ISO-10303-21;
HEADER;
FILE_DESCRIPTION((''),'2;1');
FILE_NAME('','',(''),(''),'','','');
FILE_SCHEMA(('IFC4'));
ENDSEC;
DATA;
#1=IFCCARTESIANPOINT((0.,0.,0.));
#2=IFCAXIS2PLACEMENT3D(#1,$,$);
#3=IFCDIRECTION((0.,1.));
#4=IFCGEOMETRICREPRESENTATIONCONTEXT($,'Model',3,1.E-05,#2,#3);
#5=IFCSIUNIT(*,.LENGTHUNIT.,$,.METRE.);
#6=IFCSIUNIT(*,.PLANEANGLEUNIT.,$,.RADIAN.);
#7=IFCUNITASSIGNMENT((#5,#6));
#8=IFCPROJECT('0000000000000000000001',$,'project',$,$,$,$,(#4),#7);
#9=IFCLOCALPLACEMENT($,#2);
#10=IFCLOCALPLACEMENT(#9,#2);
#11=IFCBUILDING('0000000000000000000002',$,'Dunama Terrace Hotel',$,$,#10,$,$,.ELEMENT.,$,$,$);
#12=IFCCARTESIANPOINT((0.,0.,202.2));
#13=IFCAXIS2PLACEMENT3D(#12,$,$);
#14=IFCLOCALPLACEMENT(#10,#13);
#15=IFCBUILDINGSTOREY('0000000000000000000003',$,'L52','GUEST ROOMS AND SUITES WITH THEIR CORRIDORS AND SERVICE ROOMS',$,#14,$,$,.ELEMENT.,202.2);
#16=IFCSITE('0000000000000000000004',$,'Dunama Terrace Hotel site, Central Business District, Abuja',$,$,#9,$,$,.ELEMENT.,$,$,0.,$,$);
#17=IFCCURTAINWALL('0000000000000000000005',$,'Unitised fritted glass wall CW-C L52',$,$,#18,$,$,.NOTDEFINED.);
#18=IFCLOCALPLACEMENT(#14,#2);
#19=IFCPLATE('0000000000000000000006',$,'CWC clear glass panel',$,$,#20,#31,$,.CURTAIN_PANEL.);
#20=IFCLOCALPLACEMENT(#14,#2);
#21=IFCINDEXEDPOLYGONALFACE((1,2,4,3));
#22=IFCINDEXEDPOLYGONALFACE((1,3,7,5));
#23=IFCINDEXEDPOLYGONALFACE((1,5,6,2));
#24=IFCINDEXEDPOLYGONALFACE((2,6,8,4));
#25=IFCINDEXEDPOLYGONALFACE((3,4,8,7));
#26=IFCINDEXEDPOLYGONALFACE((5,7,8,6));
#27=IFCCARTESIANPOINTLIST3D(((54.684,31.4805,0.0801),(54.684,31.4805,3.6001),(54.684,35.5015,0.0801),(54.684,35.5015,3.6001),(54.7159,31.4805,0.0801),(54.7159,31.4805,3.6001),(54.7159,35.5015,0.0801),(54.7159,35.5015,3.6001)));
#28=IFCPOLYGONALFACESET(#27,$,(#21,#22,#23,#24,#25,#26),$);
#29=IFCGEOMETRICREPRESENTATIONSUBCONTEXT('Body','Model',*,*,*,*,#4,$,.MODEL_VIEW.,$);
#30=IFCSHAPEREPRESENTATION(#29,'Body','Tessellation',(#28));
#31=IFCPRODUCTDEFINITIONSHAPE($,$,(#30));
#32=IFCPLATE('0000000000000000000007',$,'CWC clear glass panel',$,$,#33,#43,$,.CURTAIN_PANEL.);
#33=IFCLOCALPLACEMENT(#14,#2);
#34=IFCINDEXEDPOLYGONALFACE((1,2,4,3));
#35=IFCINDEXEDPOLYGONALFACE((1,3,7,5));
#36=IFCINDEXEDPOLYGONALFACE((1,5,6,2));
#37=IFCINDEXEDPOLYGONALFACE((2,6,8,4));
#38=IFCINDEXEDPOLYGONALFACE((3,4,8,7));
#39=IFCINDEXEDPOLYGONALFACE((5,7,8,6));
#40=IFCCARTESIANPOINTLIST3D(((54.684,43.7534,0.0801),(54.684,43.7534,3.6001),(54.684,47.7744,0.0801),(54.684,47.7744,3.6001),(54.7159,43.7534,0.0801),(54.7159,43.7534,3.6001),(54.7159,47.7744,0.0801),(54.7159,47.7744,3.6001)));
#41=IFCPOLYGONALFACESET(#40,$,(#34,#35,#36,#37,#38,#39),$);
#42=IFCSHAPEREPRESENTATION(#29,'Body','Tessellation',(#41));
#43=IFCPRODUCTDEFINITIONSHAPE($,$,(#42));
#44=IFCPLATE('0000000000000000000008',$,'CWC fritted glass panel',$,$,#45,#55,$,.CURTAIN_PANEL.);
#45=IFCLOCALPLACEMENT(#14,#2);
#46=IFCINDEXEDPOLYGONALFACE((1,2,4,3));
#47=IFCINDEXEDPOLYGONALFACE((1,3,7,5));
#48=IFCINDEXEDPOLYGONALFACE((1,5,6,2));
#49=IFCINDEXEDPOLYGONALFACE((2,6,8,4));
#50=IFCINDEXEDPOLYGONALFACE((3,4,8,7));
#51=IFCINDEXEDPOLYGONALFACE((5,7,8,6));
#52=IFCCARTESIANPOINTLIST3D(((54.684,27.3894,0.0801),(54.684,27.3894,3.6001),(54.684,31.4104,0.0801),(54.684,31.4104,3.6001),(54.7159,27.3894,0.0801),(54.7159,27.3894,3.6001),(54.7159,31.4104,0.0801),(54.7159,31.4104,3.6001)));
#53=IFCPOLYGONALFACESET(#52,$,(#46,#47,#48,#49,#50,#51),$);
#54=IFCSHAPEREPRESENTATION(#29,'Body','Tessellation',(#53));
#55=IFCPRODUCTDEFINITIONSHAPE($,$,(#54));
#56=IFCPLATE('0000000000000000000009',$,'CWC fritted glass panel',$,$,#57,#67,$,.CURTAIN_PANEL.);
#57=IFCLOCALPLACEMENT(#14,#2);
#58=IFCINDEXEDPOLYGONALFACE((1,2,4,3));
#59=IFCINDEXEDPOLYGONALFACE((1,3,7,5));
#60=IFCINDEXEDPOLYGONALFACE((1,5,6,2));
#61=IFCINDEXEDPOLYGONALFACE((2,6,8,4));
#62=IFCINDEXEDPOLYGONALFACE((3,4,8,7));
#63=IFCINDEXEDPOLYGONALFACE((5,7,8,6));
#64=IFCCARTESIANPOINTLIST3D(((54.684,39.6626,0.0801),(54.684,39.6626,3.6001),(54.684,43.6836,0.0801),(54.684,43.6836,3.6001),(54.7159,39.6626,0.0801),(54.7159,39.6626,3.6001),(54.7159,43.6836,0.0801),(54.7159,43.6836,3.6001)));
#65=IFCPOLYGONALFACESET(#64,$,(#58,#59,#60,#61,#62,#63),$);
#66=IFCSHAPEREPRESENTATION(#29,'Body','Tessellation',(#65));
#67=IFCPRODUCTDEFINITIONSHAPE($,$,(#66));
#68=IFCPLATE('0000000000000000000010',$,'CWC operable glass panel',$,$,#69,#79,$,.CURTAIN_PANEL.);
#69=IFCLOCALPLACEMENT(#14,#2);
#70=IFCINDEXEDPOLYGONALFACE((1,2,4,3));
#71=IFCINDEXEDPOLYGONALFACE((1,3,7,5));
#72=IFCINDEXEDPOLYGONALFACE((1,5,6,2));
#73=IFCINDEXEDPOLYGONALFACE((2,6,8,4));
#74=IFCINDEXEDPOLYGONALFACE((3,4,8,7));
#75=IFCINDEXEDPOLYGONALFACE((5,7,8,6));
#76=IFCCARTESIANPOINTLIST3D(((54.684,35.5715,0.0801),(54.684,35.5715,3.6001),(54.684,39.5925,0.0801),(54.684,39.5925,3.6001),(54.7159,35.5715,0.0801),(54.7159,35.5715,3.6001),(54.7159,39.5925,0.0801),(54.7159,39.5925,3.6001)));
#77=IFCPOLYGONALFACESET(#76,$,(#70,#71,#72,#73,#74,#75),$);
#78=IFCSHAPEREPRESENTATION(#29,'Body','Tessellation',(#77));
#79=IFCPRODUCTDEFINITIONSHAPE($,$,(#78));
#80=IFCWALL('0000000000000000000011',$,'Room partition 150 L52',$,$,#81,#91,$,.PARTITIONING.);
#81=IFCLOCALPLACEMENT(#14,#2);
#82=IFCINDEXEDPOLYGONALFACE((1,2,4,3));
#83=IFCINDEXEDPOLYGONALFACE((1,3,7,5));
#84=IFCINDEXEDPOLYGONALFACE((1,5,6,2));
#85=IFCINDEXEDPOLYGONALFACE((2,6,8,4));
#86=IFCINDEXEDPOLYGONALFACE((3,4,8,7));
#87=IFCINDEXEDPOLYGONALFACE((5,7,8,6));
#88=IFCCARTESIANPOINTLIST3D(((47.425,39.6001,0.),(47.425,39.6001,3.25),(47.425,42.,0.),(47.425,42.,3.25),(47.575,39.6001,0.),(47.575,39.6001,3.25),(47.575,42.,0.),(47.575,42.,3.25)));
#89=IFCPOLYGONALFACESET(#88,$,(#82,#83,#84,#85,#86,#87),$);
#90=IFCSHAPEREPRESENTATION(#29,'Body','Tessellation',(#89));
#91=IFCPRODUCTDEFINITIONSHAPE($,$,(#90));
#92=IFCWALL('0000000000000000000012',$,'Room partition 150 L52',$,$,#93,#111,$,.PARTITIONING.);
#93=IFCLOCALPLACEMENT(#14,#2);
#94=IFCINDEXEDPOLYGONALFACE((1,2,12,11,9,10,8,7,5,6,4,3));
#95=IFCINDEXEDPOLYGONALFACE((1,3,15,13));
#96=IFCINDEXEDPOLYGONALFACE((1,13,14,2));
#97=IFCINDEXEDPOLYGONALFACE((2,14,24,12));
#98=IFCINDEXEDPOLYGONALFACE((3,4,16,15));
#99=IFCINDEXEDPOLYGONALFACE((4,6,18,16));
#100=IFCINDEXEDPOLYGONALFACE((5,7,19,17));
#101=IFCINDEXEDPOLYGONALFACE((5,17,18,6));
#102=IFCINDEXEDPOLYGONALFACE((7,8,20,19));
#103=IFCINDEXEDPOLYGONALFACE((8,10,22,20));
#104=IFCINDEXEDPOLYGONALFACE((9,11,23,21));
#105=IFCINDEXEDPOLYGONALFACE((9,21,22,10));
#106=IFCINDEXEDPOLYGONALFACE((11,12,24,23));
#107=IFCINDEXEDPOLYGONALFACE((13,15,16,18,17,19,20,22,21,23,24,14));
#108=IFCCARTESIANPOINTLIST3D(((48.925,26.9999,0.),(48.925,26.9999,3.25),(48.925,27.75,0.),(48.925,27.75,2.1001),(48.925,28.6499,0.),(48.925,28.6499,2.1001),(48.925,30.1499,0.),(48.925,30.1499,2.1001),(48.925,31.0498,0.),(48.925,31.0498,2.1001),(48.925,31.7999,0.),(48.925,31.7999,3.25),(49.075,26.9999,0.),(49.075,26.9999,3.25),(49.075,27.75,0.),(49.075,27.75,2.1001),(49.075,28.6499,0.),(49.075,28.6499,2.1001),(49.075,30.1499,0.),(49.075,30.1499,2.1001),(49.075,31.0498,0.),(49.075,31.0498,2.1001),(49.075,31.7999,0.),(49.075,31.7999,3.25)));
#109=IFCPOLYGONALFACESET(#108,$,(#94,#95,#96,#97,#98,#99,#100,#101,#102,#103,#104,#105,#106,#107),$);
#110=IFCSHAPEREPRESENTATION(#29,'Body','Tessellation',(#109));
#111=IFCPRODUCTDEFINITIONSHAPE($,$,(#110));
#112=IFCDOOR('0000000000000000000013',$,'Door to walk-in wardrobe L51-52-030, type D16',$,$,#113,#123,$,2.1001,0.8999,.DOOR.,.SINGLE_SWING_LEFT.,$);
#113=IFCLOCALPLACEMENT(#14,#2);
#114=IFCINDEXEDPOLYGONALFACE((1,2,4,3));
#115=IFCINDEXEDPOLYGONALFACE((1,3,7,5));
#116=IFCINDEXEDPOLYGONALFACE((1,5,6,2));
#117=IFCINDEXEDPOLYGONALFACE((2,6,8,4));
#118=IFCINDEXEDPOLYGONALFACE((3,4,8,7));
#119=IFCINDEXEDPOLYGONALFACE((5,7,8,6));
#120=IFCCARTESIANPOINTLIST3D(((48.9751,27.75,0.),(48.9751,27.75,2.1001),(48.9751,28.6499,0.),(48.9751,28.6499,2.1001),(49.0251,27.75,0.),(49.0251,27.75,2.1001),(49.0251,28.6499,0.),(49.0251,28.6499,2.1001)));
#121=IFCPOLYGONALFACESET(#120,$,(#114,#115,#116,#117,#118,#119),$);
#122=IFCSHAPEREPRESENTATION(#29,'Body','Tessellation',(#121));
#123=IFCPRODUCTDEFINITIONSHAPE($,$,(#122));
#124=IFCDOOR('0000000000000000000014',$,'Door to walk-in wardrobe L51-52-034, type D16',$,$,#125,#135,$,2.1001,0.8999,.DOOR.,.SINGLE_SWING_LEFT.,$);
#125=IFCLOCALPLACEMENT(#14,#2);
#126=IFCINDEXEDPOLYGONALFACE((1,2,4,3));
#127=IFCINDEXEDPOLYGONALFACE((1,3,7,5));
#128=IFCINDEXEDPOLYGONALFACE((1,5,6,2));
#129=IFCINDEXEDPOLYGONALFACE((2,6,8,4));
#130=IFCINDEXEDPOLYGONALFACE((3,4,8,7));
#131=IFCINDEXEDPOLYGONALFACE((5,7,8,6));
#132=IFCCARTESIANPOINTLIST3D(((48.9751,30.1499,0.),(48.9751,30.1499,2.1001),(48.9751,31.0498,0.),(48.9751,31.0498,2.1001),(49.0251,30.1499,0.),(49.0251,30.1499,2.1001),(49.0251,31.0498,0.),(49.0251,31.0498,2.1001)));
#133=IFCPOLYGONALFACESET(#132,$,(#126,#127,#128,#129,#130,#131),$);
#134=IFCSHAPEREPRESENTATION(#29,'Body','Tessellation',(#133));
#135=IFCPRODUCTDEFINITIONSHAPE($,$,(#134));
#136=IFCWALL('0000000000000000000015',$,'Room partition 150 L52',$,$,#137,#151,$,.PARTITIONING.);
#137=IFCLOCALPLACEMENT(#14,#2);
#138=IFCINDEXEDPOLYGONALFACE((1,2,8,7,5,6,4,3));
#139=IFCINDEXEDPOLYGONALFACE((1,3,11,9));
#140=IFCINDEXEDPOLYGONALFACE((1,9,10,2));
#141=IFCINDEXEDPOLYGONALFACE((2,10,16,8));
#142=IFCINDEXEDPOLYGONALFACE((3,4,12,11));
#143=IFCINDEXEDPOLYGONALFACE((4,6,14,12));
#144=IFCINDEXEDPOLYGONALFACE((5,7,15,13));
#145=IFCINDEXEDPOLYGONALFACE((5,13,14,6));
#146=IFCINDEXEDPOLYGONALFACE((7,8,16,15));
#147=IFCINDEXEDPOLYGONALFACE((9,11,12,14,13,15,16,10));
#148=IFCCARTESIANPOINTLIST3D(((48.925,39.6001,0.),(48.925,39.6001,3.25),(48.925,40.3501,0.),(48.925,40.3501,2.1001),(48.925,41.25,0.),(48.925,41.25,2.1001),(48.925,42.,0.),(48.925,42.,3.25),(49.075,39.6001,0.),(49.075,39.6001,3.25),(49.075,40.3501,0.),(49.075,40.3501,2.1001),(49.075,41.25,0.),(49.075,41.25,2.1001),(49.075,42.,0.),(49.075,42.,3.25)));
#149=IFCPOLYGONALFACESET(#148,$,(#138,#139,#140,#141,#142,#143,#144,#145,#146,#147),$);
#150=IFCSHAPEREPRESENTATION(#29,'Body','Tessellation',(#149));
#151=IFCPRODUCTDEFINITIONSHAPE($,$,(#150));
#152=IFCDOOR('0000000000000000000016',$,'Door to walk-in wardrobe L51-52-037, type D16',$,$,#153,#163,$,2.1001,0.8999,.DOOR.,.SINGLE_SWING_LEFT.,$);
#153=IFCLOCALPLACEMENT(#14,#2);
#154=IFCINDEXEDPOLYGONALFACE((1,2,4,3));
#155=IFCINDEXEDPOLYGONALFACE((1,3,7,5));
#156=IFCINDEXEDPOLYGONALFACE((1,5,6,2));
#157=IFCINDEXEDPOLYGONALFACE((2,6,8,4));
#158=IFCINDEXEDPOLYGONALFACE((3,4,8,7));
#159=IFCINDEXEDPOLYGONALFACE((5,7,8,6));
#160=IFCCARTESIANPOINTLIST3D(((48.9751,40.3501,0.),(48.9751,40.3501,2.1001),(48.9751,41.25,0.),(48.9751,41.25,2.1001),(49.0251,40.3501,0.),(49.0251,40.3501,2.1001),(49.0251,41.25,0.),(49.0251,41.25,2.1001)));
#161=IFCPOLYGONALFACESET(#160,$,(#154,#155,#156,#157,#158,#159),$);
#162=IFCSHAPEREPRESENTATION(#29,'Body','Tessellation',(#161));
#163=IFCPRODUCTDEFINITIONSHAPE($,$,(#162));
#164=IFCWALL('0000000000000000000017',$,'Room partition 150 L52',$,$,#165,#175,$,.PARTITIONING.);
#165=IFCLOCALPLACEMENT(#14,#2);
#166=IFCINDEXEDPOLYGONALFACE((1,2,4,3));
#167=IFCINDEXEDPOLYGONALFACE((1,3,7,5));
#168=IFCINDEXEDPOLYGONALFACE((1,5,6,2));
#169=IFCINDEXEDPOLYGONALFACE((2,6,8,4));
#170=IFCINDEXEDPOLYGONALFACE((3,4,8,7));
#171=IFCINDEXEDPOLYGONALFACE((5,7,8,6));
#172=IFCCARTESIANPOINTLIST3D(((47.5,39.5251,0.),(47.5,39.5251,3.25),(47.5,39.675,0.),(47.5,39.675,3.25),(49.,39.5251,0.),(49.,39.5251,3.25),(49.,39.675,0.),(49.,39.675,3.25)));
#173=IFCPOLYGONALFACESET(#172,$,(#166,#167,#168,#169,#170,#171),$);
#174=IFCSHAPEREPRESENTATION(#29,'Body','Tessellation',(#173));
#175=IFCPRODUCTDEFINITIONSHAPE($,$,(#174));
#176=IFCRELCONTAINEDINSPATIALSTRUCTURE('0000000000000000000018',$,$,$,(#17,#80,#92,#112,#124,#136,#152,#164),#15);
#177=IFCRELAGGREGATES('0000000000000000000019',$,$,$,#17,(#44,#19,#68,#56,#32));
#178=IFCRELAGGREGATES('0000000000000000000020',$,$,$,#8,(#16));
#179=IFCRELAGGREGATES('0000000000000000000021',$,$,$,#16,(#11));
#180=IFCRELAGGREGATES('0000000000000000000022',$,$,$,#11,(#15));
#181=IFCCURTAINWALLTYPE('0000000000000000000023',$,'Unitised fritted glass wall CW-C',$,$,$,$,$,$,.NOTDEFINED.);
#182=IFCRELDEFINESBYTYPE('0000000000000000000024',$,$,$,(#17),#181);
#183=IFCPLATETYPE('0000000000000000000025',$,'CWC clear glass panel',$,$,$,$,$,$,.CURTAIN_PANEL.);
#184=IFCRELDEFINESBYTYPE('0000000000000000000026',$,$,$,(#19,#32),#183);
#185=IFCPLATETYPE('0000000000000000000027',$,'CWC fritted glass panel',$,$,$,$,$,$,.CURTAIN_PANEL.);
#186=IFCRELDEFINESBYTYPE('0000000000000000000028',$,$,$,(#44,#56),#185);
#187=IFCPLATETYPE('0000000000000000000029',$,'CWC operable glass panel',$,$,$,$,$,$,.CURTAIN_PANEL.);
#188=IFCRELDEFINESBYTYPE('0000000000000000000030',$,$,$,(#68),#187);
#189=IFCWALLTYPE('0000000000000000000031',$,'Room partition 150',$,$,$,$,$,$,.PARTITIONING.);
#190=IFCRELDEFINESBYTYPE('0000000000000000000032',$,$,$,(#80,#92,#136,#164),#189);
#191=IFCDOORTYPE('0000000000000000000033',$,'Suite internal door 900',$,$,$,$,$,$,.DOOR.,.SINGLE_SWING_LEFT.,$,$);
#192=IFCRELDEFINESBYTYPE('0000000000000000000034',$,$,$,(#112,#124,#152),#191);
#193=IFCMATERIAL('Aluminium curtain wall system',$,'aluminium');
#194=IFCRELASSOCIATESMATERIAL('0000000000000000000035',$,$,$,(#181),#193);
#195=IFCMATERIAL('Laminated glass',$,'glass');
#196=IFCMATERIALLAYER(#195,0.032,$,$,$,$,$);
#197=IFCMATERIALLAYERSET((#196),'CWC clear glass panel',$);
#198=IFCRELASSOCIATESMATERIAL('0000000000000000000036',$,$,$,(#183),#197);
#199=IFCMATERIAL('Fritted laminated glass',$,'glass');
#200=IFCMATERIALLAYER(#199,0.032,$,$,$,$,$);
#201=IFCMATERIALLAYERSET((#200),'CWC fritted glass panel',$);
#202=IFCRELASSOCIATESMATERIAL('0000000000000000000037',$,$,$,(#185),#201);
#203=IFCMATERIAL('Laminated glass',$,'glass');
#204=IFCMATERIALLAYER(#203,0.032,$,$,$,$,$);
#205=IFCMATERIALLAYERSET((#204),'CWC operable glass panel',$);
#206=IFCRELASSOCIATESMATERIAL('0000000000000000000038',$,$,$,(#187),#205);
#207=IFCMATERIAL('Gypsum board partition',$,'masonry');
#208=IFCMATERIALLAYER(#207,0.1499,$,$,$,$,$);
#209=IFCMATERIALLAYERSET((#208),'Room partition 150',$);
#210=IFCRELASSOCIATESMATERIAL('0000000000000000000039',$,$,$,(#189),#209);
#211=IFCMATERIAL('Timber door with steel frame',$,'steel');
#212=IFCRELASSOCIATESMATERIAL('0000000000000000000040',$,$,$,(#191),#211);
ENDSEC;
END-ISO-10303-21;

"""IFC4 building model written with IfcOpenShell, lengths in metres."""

from ifc_helpers import new_model, si_unit, direction, frame, frame_2d, origin, origin_2d, place, context, subcontext, project, spatial, rectangle, extrude, material, layer, layer_set, type_object, element, fill, aggregate, save


model = new_model("IFC4")

# Units and contexts
model_context = context("Model", 3, precision=1e-05, world=origin(), true_north=direction((0.0, 1.0)))
body_context = subcontext(model_context, "Body", "Model", "MODEL_VIEW")
ifc_project = project(units=[si_unit("LENGTHUNIT", "METRE"), si_unit("PLANEANGLEUNIT", "RADIAN")], contexts=[model_context])

# Site, building, storey
site_placement = place(None, origin())
site = spatial("IfcSite", under=ifc_project, at=site_placement, Name="Dunama Terrace Hotel site, Central Business District, Abuja", CompositionType="ELEMENT", RefElevation=0.0)
building_placement = place(site_placement, origin())
building = spatial("IfcBuilding", under=site, at=building_placement, Name="Dunama Terrace Hotel", CompositionType="ELEMENT")
storey_placement = place(building_placement, frame((0.0, 0.0, 202.2)))
storey = spatial("IfcBuildingStorey", under=building, at=storey_placement, Name="L52", Description="GUEST ROOMS AND SUITES WITH THEIR CORRIDORS AND SERVICE ROOMS", CompositionType="ELEMENT", Elevation=202.2)

# Curtain wall
ifc_material_1 = material(Name="Aluminium curtain wall system", Category="aluminium")
curtain_wall_type = type_object("IfcCurtainWallType", Name="Unitised fritted glass wall CW-C", PredefinedType="NOTDEFINED", material=ifc_material_1)
curtain_wall_placement = place(storey_placement, origin())
curtain_wall = element("IfcCurtainWall", 1, at=curtain_wall_placement, inside=storey, type_object=curtain_wall_type, Name="Unitised fritted glass wall CW-C L52", PredefinedType="NOTDEFINED")

# Plates
ifc_material_2 = material(Name="Laminated glass", Category="glass")
ifc_layer_1 = layer(ifc_material_2, 0.032)
ifc_layer_set_1 = layer_set([ifc_layer_1], Name="CWC clear glass panel")
plate_type_1 = type_object("IfcPlateType", Name="CWC clear glass panel", PredefinedType="CURTAIN_PANEL", material=ifc_layer_set_1)
plate_1_placement = place(storey_placement, frame((54.7, 33.491, 0.0801), z_axis=(0.0, 0.0, 1.0), x_axis=(0.0, 1.0, 0.0)))
plate_1 = element("IfcPlate", 2, at=plate_1_placement, type_object=plate_type_1, Name="CWC clear glass panel", PredefinedType="CURTAIN_PANEL", context=body_context, shape_type="SweptSolid", body=[
    extrude(rectangle(XDim=4.021, YDim=0.032, at=origin_2d()), origin(), (0.0, 0.0, 1.0), 3.52),
])
plate_2_placement = place(storey_placement, frame((54.7, 45.7639, 0.0801), z_axis=(0.0, 0.0, 1.0), x_axis=(0.0, 1.0, 0.0)))
plate_2 = element("IfcPlate", 3, at=plate_2_placement, type_object=plate_type_1, Name="CWC clear glass panel", PredefinedType="CURTAIN_PANEL", context=body_context, shape_type="SweptSolid", body=[
    extrude(rectangle(XDim=4.021, YDim=0.032, at=origin_2d()), origin(), (0.0, 0.0, 1.0), 3.52),
])
ifc_material_3 = material(Name="Fritted laminated glass", Category="glass")
ifc_layer_2 = layer(ifc_material_3, 0.032)
ifc_layer_set_2 = layer_set([ifc_layer_2], Name="CWC fritted glass panel")
plate_type_2 = type_object("IfcPlateType", Name="CWC fritted glass panel", PredefinedType="CURTAIN_PANEL", material=ifc_layer_set_2)
plate_3_placement = place(storey_placement, frame((54.7, 29.3999, 0.0801), z_axis=(0.0, 0.0, 1.0), x_axis=(0.0, 1.0, 0.0)))
plate_3 = element("IfcPlate", 4, at=plate_3_placement, type_object=plate_type_2, Name="CWC fritted glass panel", PredefinedType="CURTAIN_PANEL", context=body_context, shape_type="SweptSolid", body=[
    extrude(rectangle(XDim=4.021, YDim=0.032, at=origin_2d()), origin(), (0.0, 0.0, 1.0), 3.52),
])
plate_4_placement = place(storey_placement, frame((54.7, 41.6731, 0.0801), z_axis=(0.0, 0.0, 1.0), x_axis=(0.0, 1.0, 0.0)))
plate_4 = element("IfcPlate", 5, at=plate_4_placement, type_object=plate_type_2, Name="CWC fritted glass panel", PredefinedType="CURTAIN_PANEL", context=body_context, shape_type="SweptSolid", body=[
    extrude(rectangle(XDim=4.021, YDim=0.032, at=origin_2d()), origin(), (0.0, 0.0, 1.0), 3.52),
])
ifc_material_4 = material(Name="Laminated glass", Category="glass")
ifc_layer_3 = layer(ifc_material_4, 0.032)
ifc_layer_set_3 = layer_set([ifc_layer_3], Name="CWC operable glass panel")
plate_type_3 = type_object("IfcPlateType", Name="CWC operable glass panel", PredefinedType="CURTAIN_PANEL", material=ifc_layer_set_3)
plate_5_placement = place(storey_placement, frame((54.7, 37.582, 0.0801), z_axis=(0.0, 0.0, 1.0), x_axis=(0.0, 1.0, 0.0)))
plate_5 = element("IfcPlate", 6, at=plate_5_placement, type_object=plate_type_3, Name="CWC operable glass panel", PredefinedType="CURTAIN_PANEL", context=body_context, shape_type="SweptSolid", body=[
    extrude(rectangle(XDim=4.021, YDim=0.032, at=origin_2d()), origin(), (0.0, 0.0, 1.0), 3.52),
])
aggregate(curtain_wall, [plate_3, plate_1, plate_5, plate_4, plate_2])

# Wall
ifc_material_5 = material(Name="Gypsum board partition", Category="masonry")
ifc_layer_4 = layer(ifc_material_5, 0.1499)
ifc_layer_set_4 = layer_set([ifc_layer_4], Name="Room partition 150")
wall_type = type_object("IfcWallType", Name="Room partition 150", PredefinedType="PARTITIONING", material=ifc_layer_set_4)
wall_1_placement = place(storey_placement, frame((47.5, 39.6001, 0.0), z_axis=(0.0, 0.0, 1.0), x_axis=(0.0, 1.0, 0.0)))
element("IfcWall", 7, at=wall_1_placement, inside=storey, type_object=wall_type, Name="Room partition 150 L52", PredefinedType="PARTITIONING", context=body_context, shape_type="SweptSolid", body=[
    extrude(rectangle(XDim=2.3999, YDim=0.1499, at=frame_2d((1.2, 0.0))), origin(), (0.0, 0.0, 1.0), 3.25),
])

# Wall, openings, doors
wall_2_placement = place(storey_placement, frame((49.0, 27.0, 0.0), z_axis=(0.0, 0.0, 1.0), x_axis=(0.0, 1.0, 0.0)))
wall_2 = element("IfcWall", 8, at=wall_2_placement, inside=storey, type_object=wall_type, Name="Room partition 150 L52", PredefinedType="PARTITIONING", context=body_context, shape_type="SweptSolid", body=[
    extrude(rectangle(XDim=4.8, YDim=0.1499, at=frame_2d((2.3999, 0.0))), origin(), (0.0, 0.0, 1.0), 3.25),
])
opening_1_placement = place(wall_2_placement, frame((0.75, 0.0, 0.0)))
opening_1 = element("IfcOpeningElement", 9, at=opening_1_placement, cuts=wall_2, PredefinedType="OPENING", context=body_context, shape_type="SweptSolid", body=[
    extrude(rectangle(XDim=0.8999, YDim=2.1001, at=frame_2d((0.45, 1.05))), frame((0.0, 0.085, 0.0), z_axis=(0.0, -1.0, 0.0), x_axis=(1.0, 0.0, 0.0)), (0.0, 0.0, 1.0), 0.1699),
])
opening_2_placement = place(wall_2_placement, frame((3.1499, 0.0, 0.0)))
opening_2 = element("IfcOpeningElement", 10, at=opening_2_placement, cuts=wall_2, PredefinedType="OPENING", context=body_context, shape_type="SweptSolid", body=[
    extrude(rectangle(XDim=0.8999, YDim=2.1001, at=frame_2d((0.45, 1.05))), frame((0.0, 0.085, 0.0), z_axis=(0.0, -1.0, 0.0), x_axis=(1.0, 0.0, 0.0)), (0.0, 0.0, 1.0), 0.1699),
])
ifc_material_6 = material(Name="Timber door with steel frame", Category="steel")
door_type = type_object("IfcDoorType", Name="Suite internal door 900", OperationType="SINGLE_SWING_LEFT", PredefinedType="DOOR", material=ifc_material_6)
door_1_placement = place(opening_1_placement, origin())
door_1 = element("IfcDoor", 11, at=door_1_placement, inside=storey, type_object=door_type, Name="Door to walk-in wardrobe L51-52-030, type D16", OperationType="SINGLE_SWING_LEFT", OverallHeight=2.1001, OverallWidth=0.8999, PredefinedType="DOOR", context=body_context, shape_type="SweptSolid", body=[
    extrude(rectangle(XDim=0.8999, YDim=2.1001, at=frame_2d((0.45, 1.05))), frame((0.0, 0.0249, 0.0), z_axis=(0.0, -1.0, 0.0), x_axis=(1.0, 0.0, 0.0)), (0.0, 0.0, 1.0), 0.05),
])
fill(opening_1, door_1)
door_2_placement = place(opening_2_placement, origin())
door_2 = element("IfcDoor", 12, at=door_2_placement, inside=storey, type_object=door_type, Name="Door to walk-in wardrobe L51-52-034, type D16", OperationType="SINGLE_SWING_LEFT", OverallHeight=2.1001, OverallWidth=0.8999, PredefinedType="DOOR", context=body_context, shape_type="SweptSolid", body=[
    extrude(rectangle(XDim=0.8999, YDim=2.1001, at=frame_2d((0.45, 1.05))), frame((0.0, 0.0249, 0.0), z_axis=(0.0, -1.0, 0.0), x_axis=(1.0, 0.0, 0.0)), (0.0, 0.0, 1.0), 0.05),
])
fill(opening_2, door_2)

# Wall, opening, door
wall_3_placement = place(storey_placement, frame((49.0, 39.6001, 0.0), z_axis=(0.0, 0.0, 1.0), x_axis=(0.0, 1.0, 0.0)))
wall_3 = element("IfcWall", 13, at=wall_3_placement, inside=storey, type_object=wall_type, Name="Room partition 150 L52", PredefinedType="PARTITIONING", context=body_context, shape_type="SweptSolid", body=[
    extrude(rectangle(XDim=2.3999, YDim=0.1499, at=frame_2d((1.2, 0.0))), origin(), (0.0, 0.0, 1.0), 3.25),
])
opening_3_placement = place(wall_3_placement, frame((0.75, 0.0, 0.0)))
opening_3 = element("IfcOpeningElement", 14, at=opening_3_placement, cuts=wall_3, PredefinedType="OPENING", context=body_context, shape_type="SweptSolid", body=[
    extrude(rectangle(XDim=0.8999, YDim=2.1001, at=frame_2d((0.45, 1.05))), frame((0.0, 0.085, 0.0), z_axis=(0.0, -1.0, 0.0), x_axis=(1.0, 0.0, 0.0)), (0.0, 0.0, 1.0), 0.1699),
])
door_3_placement = place(opening_3_placement, origin())
door_3 = element("IfcDoor", 15, at=door_3_placement, inside=storey, type_object=door_type, Name="Door to walk-in wardrobe L51-52-037, type D16", OperationType="SINGLE_SWING_LEFT", OverallHeight=2.1001, OverallWidth=0.8999, PredefinedType="DOOR", context=body_context, shape_type="SweptSolid", body=[
    extrude(rectangle(XDim=0.8999, YDim=2.1001, at=frame_2d((0.45, 1.05))), frame((0.0, 0.0249, 0.0), z_axis=(0.0, -1.0, 0.0), x_axis=(1.0, 0.0, 0.0)), (0.0, 0.0, 1.0), 0.05),
])
fill(opening_3, door_3)

# Wall
wall_4_placement = place(storey_placement, frame((47.5, 39.6001, 0.0), z_axis=(0.0, 0.0, 1.0), x_axis=(1.0, 0.0, 0.0)))
element("IfcWall", 16, at=wall_4_placement, inside=storey, type_object=wall_type, Name="Room partition 150 L52", PredefinedType="PARTITIONING", context=body_context, shape_type="SweptSolid", body=[
    extrude(rectangle(XDim=1.5, YDim=0.1499, at=frame_2d((0.75, 0.0))), origin(), (0.0, 0.0, 1.0), 3.25),
])

save(model, "model.ifc")
